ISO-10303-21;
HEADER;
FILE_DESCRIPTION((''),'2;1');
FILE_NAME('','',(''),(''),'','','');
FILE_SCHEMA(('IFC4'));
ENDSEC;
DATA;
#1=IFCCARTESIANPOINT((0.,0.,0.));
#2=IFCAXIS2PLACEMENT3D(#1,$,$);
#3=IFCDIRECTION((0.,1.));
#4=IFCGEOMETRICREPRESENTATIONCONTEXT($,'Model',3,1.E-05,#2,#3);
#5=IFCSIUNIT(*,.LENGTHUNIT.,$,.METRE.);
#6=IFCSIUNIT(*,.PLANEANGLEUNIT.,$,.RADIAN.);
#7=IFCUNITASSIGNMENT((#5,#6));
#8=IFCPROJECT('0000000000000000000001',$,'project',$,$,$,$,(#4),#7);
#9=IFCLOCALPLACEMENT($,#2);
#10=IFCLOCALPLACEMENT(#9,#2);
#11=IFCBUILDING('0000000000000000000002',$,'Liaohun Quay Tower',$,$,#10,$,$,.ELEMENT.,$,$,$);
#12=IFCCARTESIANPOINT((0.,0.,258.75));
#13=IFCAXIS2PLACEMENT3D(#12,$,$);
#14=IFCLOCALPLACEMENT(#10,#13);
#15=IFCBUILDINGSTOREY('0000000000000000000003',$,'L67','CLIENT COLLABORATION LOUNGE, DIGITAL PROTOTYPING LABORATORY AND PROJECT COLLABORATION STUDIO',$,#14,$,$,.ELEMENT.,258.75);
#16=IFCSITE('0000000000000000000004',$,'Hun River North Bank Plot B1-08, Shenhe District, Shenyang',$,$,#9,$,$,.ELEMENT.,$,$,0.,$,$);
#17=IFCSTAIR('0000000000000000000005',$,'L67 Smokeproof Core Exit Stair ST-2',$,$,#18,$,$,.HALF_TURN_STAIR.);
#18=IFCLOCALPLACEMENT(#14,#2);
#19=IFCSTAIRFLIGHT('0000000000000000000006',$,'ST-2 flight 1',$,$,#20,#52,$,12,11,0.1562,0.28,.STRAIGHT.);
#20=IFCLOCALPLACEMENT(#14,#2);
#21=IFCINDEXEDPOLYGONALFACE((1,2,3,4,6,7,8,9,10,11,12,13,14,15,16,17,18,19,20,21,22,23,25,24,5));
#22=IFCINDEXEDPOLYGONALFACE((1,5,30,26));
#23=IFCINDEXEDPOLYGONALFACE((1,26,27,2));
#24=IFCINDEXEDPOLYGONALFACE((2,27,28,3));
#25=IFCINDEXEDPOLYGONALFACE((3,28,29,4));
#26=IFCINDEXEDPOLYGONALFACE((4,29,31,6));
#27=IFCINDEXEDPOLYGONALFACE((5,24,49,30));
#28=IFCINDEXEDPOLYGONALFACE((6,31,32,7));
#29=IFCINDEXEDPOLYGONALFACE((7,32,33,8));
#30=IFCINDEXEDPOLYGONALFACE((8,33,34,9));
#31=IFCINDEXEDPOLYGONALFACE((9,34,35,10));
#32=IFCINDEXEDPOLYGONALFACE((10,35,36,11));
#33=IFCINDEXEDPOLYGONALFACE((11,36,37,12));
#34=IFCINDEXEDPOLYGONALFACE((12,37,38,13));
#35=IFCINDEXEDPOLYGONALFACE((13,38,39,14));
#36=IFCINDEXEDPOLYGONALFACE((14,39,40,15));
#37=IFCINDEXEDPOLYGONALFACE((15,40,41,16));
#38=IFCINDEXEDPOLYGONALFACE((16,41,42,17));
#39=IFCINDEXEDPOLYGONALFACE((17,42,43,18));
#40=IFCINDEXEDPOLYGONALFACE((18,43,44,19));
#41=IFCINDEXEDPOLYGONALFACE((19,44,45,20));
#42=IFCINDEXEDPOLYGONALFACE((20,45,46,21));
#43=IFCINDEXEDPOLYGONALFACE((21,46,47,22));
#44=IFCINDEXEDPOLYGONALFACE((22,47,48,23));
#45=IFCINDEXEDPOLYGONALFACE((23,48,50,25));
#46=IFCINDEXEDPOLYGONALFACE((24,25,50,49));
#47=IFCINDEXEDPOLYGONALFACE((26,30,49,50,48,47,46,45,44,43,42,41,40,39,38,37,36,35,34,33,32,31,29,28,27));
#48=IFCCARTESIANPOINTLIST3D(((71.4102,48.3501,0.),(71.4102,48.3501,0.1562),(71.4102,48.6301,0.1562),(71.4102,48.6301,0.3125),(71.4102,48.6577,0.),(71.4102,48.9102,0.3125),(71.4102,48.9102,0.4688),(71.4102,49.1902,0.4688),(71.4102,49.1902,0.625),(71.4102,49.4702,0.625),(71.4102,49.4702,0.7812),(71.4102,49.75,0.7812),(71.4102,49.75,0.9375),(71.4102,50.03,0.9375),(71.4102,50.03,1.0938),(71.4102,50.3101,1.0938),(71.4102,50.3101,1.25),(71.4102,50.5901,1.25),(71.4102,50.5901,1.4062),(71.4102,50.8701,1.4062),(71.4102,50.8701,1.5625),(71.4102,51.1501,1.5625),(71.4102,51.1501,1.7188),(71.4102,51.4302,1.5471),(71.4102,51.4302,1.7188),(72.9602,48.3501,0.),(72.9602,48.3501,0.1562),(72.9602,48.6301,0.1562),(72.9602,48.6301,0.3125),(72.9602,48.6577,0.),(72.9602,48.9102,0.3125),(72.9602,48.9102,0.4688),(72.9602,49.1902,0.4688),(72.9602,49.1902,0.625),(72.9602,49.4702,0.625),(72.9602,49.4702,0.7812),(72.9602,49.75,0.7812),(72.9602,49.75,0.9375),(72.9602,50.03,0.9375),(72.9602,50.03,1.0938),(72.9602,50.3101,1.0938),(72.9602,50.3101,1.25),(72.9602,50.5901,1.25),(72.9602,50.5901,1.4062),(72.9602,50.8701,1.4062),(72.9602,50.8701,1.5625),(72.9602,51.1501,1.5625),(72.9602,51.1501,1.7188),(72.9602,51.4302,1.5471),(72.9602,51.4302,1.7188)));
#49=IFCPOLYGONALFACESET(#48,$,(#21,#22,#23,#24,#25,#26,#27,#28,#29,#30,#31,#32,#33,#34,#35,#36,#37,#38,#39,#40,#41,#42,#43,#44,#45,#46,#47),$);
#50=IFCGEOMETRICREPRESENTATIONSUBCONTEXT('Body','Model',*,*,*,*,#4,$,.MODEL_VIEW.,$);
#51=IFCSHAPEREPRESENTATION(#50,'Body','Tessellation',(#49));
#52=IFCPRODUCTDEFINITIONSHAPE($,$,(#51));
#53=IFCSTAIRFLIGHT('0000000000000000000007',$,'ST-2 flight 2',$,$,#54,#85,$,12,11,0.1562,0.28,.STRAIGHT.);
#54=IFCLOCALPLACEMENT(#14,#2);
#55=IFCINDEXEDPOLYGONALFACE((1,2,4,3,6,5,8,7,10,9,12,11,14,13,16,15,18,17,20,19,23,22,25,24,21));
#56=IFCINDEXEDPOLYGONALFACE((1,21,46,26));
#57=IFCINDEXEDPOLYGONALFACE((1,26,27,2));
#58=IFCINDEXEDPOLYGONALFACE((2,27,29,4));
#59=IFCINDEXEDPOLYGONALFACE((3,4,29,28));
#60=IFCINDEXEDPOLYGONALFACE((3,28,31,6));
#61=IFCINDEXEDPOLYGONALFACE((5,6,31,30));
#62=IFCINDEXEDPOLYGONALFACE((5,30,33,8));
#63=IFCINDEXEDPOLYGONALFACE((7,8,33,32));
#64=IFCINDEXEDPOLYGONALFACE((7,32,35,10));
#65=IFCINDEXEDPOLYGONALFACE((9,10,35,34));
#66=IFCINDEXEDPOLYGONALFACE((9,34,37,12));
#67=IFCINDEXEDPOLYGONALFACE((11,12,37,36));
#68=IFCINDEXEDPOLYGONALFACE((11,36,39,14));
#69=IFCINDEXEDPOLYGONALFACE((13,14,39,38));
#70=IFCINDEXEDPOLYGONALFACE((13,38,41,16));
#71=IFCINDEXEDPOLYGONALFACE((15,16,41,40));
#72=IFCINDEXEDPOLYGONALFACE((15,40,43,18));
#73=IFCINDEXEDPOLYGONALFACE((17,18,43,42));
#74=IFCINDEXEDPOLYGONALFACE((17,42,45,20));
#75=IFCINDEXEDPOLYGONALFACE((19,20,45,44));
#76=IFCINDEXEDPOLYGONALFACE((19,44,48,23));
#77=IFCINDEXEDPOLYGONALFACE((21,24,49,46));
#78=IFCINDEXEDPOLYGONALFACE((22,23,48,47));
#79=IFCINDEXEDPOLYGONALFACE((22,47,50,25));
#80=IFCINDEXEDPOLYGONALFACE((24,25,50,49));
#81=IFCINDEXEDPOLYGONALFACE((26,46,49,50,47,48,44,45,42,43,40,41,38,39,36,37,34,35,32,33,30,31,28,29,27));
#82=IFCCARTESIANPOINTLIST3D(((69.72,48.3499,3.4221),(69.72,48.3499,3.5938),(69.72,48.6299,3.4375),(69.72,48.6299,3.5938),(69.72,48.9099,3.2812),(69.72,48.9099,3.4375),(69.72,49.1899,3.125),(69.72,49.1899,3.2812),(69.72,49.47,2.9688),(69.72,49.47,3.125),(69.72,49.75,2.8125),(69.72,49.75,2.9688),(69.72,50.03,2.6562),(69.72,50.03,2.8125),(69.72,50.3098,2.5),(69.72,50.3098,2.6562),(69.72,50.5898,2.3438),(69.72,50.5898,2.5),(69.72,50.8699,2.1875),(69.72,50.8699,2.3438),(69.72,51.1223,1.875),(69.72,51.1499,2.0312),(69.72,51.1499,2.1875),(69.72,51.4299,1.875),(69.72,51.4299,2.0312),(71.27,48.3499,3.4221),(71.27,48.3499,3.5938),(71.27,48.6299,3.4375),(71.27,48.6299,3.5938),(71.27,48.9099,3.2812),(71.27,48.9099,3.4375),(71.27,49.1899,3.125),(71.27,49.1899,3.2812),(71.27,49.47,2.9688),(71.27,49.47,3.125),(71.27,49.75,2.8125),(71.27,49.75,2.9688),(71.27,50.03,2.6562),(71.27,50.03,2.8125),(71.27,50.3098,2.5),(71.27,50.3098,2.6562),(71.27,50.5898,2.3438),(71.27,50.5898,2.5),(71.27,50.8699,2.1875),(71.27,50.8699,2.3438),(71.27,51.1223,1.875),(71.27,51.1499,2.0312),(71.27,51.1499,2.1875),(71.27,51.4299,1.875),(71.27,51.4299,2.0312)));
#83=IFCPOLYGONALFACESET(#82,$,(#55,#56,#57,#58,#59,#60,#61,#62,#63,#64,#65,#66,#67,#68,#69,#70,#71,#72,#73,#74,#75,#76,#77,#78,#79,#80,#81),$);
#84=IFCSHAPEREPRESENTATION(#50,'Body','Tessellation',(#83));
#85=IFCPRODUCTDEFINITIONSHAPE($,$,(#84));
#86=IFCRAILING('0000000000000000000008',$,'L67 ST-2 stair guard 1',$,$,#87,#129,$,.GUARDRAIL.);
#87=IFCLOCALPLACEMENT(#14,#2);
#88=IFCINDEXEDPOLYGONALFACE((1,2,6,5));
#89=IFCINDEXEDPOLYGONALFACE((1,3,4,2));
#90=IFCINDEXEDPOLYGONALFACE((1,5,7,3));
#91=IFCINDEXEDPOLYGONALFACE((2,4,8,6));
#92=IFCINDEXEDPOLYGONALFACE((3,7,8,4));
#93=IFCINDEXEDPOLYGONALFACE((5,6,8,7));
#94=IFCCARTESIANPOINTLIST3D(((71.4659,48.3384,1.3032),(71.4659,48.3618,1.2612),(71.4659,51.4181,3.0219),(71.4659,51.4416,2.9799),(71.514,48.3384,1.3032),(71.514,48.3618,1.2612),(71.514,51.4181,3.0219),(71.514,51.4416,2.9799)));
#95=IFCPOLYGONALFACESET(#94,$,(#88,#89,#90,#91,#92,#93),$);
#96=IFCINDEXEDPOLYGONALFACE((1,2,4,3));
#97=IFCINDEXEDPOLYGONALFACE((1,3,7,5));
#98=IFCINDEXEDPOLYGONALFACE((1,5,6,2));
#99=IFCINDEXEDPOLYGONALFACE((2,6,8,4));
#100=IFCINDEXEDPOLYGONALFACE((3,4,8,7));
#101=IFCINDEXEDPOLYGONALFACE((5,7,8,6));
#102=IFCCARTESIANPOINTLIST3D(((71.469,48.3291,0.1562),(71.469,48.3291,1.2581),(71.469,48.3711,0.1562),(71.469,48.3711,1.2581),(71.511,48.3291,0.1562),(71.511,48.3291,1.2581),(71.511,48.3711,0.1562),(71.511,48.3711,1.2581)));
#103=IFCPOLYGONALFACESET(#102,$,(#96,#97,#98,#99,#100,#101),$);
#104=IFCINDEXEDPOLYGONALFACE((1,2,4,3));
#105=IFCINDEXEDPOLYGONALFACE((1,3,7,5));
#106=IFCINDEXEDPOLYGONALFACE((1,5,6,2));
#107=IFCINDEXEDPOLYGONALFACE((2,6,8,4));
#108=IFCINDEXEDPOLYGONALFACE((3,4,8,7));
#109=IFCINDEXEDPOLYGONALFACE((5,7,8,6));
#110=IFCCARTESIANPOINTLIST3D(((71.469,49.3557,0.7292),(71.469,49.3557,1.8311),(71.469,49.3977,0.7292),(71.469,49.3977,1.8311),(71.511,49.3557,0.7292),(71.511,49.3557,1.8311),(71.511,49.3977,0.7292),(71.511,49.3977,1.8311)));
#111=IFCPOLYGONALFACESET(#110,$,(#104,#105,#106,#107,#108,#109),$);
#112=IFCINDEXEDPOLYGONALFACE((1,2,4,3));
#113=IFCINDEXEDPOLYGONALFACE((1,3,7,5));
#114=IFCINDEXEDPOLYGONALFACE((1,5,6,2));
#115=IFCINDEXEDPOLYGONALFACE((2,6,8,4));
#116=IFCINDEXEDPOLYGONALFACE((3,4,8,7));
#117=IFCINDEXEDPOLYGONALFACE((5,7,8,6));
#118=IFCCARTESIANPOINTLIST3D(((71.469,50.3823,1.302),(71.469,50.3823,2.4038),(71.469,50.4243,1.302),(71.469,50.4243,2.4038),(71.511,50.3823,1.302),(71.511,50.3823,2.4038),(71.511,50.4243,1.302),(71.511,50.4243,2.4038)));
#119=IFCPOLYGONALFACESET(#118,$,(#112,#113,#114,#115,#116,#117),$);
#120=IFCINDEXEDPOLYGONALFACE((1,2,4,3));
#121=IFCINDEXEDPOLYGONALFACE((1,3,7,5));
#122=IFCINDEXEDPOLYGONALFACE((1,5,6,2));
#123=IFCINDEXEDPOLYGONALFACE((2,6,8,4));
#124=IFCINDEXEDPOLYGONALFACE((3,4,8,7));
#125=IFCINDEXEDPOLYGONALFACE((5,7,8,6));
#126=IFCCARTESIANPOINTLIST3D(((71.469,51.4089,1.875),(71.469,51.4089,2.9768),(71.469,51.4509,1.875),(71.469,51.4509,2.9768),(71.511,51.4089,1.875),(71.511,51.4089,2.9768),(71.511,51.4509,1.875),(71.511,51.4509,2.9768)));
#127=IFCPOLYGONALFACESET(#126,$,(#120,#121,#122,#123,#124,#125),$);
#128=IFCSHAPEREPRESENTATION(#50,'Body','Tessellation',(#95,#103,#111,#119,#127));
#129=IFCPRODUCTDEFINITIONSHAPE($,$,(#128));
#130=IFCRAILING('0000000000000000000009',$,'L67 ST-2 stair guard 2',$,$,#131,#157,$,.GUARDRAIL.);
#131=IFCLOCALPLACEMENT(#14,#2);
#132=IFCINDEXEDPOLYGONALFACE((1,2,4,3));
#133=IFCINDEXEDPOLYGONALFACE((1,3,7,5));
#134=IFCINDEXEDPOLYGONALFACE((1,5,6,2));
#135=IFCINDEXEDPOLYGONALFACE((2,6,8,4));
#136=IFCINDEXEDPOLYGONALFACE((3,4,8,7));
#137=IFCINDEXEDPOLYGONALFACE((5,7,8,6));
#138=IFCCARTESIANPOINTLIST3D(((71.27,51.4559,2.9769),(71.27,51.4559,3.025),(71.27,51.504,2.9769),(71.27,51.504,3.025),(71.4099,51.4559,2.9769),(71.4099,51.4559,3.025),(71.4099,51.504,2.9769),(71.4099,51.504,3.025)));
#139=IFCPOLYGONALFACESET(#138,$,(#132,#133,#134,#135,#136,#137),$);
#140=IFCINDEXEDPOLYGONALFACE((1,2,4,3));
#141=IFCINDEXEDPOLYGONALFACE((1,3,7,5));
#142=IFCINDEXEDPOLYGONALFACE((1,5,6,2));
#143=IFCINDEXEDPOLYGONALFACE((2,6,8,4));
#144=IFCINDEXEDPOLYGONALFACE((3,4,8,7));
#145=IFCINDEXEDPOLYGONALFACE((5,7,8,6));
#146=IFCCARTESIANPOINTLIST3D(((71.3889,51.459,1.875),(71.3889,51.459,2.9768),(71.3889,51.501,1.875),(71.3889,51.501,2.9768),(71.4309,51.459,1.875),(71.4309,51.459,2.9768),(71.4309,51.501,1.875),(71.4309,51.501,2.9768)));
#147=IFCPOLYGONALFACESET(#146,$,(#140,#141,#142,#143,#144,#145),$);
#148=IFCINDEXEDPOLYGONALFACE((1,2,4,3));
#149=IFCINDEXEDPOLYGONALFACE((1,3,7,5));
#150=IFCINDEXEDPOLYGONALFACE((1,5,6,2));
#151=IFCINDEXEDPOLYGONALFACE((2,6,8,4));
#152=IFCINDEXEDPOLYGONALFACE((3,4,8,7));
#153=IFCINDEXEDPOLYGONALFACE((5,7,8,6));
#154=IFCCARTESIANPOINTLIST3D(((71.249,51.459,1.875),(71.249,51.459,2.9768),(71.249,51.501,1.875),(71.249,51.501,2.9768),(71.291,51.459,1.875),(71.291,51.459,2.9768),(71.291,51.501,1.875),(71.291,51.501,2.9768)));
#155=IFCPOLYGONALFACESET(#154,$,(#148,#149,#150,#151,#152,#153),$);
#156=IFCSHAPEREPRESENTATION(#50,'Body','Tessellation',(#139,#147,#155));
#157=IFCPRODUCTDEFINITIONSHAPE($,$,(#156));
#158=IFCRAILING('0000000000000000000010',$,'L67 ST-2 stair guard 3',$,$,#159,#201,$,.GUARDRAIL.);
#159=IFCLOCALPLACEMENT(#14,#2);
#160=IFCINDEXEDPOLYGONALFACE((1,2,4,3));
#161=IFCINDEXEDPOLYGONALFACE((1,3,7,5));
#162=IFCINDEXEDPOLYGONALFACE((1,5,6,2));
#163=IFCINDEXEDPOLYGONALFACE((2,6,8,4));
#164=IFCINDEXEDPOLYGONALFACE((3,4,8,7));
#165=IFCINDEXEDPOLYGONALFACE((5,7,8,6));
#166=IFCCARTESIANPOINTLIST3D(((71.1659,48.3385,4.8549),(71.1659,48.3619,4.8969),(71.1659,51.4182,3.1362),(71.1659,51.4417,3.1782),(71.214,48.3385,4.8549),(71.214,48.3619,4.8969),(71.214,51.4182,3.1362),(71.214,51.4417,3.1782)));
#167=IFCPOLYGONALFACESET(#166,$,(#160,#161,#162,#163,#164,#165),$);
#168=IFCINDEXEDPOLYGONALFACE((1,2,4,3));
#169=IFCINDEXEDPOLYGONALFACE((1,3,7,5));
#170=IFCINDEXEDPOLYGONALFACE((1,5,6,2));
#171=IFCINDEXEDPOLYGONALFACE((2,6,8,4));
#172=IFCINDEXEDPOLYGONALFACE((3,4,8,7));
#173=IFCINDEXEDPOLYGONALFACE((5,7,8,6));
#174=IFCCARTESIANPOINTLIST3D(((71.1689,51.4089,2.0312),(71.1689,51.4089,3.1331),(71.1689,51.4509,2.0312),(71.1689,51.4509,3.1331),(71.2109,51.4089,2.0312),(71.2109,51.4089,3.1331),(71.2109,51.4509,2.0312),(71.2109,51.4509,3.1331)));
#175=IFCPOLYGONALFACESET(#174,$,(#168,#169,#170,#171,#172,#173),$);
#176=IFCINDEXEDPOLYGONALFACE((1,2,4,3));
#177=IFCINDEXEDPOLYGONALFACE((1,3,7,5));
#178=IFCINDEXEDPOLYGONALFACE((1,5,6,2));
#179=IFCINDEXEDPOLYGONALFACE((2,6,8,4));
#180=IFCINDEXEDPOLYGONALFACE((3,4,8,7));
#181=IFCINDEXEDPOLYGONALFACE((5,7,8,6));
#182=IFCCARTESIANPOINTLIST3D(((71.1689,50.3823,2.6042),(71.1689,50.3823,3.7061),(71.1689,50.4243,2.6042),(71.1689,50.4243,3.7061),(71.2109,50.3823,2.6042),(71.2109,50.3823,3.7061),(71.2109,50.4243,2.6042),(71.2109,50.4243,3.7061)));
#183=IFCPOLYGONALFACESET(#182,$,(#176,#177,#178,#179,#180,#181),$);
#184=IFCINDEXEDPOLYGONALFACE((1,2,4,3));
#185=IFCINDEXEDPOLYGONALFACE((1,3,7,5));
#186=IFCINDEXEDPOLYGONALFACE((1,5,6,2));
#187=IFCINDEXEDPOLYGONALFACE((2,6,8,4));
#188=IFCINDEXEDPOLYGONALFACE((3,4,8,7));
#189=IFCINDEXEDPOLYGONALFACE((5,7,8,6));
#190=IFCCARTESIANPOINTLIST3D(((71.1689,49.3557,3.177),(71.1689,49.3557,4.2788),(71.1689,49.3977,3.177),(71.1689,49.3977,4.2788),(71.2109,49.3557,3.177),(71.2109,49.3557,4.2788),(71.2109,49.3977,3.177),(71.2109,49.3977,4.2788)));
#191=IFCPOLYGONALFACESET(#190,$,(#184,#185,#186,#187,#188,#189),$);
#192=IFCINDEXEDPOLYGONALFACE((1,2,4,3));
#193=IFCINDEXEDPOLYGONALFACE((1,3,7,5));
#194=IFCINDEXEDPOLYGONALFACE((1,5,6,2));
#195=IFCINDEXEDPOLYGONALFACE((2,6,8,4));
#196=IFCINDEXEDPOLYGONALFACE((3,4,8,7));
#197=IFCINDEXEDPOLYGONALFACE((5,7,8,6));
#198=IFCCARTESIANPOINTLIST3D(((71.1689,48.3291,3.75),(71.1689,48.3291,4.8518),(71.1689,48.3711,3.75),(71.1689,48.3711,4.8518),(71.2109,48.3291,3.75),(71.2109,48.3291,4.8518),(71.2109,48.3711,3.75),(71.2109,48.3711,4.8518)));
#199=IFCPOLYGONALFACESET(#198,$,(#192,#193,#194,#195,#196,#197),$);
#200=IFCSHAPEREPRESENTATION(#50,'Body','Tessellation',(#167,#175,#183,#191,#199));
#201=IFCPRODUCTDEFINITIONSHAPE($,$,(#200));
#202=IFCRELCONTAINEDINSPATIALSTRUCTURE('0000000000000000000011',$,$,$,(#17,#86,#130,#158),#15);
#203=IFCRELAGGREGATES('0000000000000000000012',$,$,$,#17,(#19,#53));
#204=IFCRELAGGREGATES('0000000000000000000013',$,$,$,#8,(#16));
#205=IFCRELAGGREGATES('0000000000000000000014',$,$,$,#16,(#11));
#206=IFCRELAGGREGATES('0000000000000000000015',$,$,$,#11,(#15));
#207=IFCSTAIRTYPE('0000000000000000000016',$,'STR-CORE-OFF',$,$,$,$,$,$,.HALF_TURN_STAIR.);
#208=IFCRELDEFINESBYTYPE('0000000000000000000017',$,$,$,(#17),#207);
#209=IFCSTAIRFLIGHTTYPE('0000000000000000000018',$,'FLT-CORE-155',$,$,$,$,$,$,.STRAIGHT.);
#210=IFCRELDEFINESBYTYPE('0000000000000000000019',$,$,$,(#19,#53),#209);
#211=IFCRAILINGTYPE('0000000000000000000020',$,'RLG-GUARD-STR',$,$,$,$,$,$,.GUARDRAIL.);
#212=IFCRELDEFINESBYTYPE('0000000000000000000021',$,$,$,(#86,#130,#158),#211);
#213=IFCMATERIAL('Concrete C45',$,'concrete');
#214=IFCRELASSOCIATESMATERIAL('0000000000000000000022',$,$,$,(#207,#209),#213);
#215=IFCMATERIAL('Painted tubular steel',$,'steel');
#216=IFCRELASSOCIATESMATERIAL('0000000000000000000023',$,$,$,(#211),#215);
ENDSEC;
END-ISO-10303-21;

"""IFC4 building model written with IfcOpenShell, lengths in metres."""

from ifc_helpers import new_model, si_unit, direction, frame, origin, origin_2d, place, context, subcontext, project, spatial, polyline, rectangle, outline, extrude, material, type_object, element, aggregate, save


model = new_model("IFC4")

# Units and contexts
model_context = context("Model", 3, precision=1e-05, world=origin(), true_north=direction((0.0, 1.0)))
body_context = subcontext(model_context, "Body", "Model", "MODEL_VIEW")
ifc_project = project(units=[si_unit("LENGTHUNIT", "METRE"), si_unit("PLANEANGLEUNIT", "RADIAN")], contexts=[model_context])

# Site, building, storey
site_placement = place(None, origin())
site = spatial("IfcSite", under=ifc_project, at=site_placement, Name="Hun River North Bank Plot B1-08, Shenhe District, Shenyang", CompositionType="ELEMENT", RefElevation=0.0)
building_placement = place(site_placement, origin())
building = spatial("IfcBuilding", under=site, at=building_placement, Name="Liaohun Quay Tower", CompositionType="ELEMENT")
storey_placement = place(building_placement, frame((0.0, 0.0, 258.75)))
storey = spatial("IfcBuildingStorey", under=building, at=storey_placement, Name="L67", Description="CLIENT COLLABORATION LOUNGE, DIGITAL PROTOTYPING LABORATORY AND PROJECT COLLABORATION STUDIO", CompositionType="ELEMENT", Elevation=258.75)

# Stair, stair flights
ifc_material_1 = material(Name="Concrete C45", Category="concrete")
stair_type = type_object("IfcStairType", Name="STR-CORE-OFF", PredefinedType="HALF_TURN_STAIR", material=ifc_material_1)
stair_placement = place(storey_placement, origin())
stair = element("IfcStair", 1, at=stair_placement, inside=storey, type_object=stair_type, Name="L67 Smokeproof Core Exit Stair ST-2", PredefinedType="HALF_TURN_STAIR")
stair_flight_type = type_object("IfcStairFlightType", Name="FLT-CORE-155", PredefinedType="STRAIGHT", material=ifc_material_1)
stair_flight_1_placement = place(storey_placement, frame((72.1851, 48.3501, 0.0), z_axis=(0.0, 0.0, 1.0), x_axis=(0.0, 1.0, 0.0)))
stair_flight_1 = element("IfcStairFlight", 2, at=stair_flight_1_placement, type_object=stair_flight_type, Name="ST-2 flight 1", NumberOfRisers=12, NumberOfTreads=11, PredefinedType="STRAIGHT", RiserHeight=0.1562, TreadLength=0.28, context=body_context, shape_type="SweptSolid", body=[
    extrude(outline(polyline([(0.0, 0.0), (0.0, 0.1562), (0.28, 0.1562), (0.28, 0.3125), (0.5601, 0.3125), (0.5601, 0.4688), (0.8401, 0.4688), (0.8401, 0.625), (1.1201, 0.625), (1.1201, 0.7812), (1.3999, 0.7812), (1.3999, 0.9375), (1.6799, 0.9375), (1.6799, 1.0938), (1.96, 1.0938), (1.96, 1.25), (2.24, 1.25), (2.24, 1.4062), (2.52, 1.4062), (2.52, 1.5625), (2.8, 1.5625), (2.8, 1.7188), (3.0801, 1.7188), (3.0801, 1.875), (3.0801, 1.5471), (0.3076, 0.0), (0.0, 0.0)])), frame((0.0, 0.7749, 0.0), z_axis=(0.0, -1.0, 0.0), x_axis=(1.0, 0.0, 0.0)), (0.0, 0.0, 1.0), 1.55),
])
stair_flight_2_placement = place(storey_placement, frame((70.4951, 51.4299, 1.875), z_axis=(0.0, 0.0, 1.0), x_axis=(0.0, -1.0, 0.0)))
stair_flight_2 = element("IfcStairFlight", 3, at=stair_flight_2_placement, type_object=stair_flight_type, Name="ST-2 flight 2", NumberOfRisers=12, NumberOfTreads=11, PredefinedType="STRAIGHT", RiserHeight=0.1562, TreadLength=0.28, context=body_context, shape_type="SweptSolid", body=[
    extrude(outline(polyline([(0.0, 0.0), (0.0, 0.1562), (0.28, 0.1562), (0.28, 0.3125), (0.5601, 0.3125), (0.5601, 0.4688), (0.8401, 0.4688), (0.8401, 0.625), (1.1201, 0.625), (1.1201, 0.7812), (1.3999, 0.7812), (1.3999, 0.9375), (1.6799, 0.9375), (1.6799, 1.0938), (1.96, 1.0938), (1.96, 1.25), (2.24, 1.25), (2.24, 1.4062), (2.52, 1.4062), (2.52, 1.5625), (2.8, 1.5625), (2.8, 1.7188), (3.0801, 1.7188), (3.0801, 1.875), (3.0801, 1.5471), (0.3076, 0.0), (0.0, 0.0)])), frame((0.0, 0.7749, 0.0), z_axis=(0.0, -1.0, 0.0), x_axis=(1.0, 0.0, 0.0)), (0.0, 0.0, 1.0), 1.55),
])
aggregate(stair, [stair_flight_1, stair_flight_2])

# Railings
ifc_material_2 = material(Name="Painted tubular steel", Category="steel")
railing_type_1 = type_object("IfcRailingType", Name="RLG-GUARD-STR", PredefinedType="GUARDRAIL", material=ifc_material_2)
railing_1_placement = place(storey_placement, frame((71.49, 48.3501, 0.1562)))
element("IfcRailing", 4, at=railing_1_placement, inside=storey, type_object=railing_type_1, Name="L67 ST-2 stair guard 1", PredefinedType="GUARDRAIL", context=body_context, shape_type="SweptSolid", body=[
    extrude(rectangle(XDim=0.0481, YDim=0.0481, at=origin_2d()), frame((0.0, 0.0, 1.126), z_axis=(0.0, 0.873225, 0.487317), x_axis=(-1.0, 0.0, 0.0)), (0.0, 0.0, 1.0), 3.5269),
    extrude(rectangle(XDim=0.042, YDim=0.042, at=origin_2d()), origin(), (0.0, 0.0, 1.0), 1.1018),
    extrude(rectangle(XDim=0.042, YDim=0.042, at=origin_2d()), frame((0.0, 1.0266, 0.573)), (0.0, 0.0, 1.0), 1.1018),
    extrude(rectangle(XDim=0.042, YDim=0.042, at=origin_2d()), frame((0.0, 2.0532, 1.1458)), (0.0, 0.0, 1.0), 1.1018),
    extrude(rectangle(XDim=0.042, YDim=0.042, at=origin_2d()), frame((0.0, 3.0798, 1.7188)), (0.0, 0.0, 1.0), 1.1018),
])
railing_2_placement = place(storey_placement, frame((71.4099, 51.48, 1.875)))
element("IfcRailing", 5, at=railing_2_placement, inside=storey, type_object=railing_type_1, Name="L67 ST-2 stair guard 2", PredefinedType="GUARDRAIL", context=body_context, shape_type="SweptSolid", body=[
    extrude(rectangle(XDim=0.0481, YDim=0.0481, at=origin_2d()), frame((0.0, 0.0, 1.126), z_axis=(-1.0, 0.0, 0.0), x_axis=(0.0, -1.0, 0.0)), (0.0, 0.0, 1.0), 0.1399),
    extrude(rectangle(XDim=0.042, YDim=0.042, at=origin_2d()), origin(), (0.0, 0.0, 1.0), 1.1018),
    extrude(rectangle(XDim=0.042, YDim=0.042, at=origin_2d()), frame((-0.1399, 0.0, 0.0)), (0.0, 0.0, 1.0), 1.1018),
])
railing_3_placement = place(storey_placement, frame((71.1899, 51.4299, 2.0312)))
element("IfcRailing", 6, at=railing_3_placement, inside=storey, type_object=railing_type_1, Name="L67 ST-2 stair guard 3", PredefinedType="GUARDRAIL", context=body_context, shape_type="SweptSolid", body=[
    extrude(rectangle(XDim=0.0481, YDim=0.0481, at=origin_2d()), frame((0.0, 0.0, 1.126), z_axis=(0.0, -0.873225, 0.487317), x_axis=(1.0, 0.0, 0.0)), (0.0, 0.0, 1.0), 3.5269),
    extrude(rectangle(XDim=0.042, YDim=0.042, at=origin_2d()), origin(), (0.0, 0.0, 1.0), 1.1018),
    extrude(rectangle(XDim=0.042, YDim=0.042, at=origin_2d()), frame((0.0, -1.0266, 0.573)), (0.0, 0.0, 1.0), 1.1018),
    extrude(rectangle(XDim=0.042, YDim=0.042, at=origin_2d()), frame((0.0, -2.0532, 1.1458)), (0.0, 0.0, 1.0), 1.1018),
    extrude(rectangle(XDim=0.042, YDim=0.042, at=origin_2d()), frame((0.0, -3.0798, 1.7188)), (0.0, 0.0, 1.0), 1.1018),
])

save(model, "model.ifc")
